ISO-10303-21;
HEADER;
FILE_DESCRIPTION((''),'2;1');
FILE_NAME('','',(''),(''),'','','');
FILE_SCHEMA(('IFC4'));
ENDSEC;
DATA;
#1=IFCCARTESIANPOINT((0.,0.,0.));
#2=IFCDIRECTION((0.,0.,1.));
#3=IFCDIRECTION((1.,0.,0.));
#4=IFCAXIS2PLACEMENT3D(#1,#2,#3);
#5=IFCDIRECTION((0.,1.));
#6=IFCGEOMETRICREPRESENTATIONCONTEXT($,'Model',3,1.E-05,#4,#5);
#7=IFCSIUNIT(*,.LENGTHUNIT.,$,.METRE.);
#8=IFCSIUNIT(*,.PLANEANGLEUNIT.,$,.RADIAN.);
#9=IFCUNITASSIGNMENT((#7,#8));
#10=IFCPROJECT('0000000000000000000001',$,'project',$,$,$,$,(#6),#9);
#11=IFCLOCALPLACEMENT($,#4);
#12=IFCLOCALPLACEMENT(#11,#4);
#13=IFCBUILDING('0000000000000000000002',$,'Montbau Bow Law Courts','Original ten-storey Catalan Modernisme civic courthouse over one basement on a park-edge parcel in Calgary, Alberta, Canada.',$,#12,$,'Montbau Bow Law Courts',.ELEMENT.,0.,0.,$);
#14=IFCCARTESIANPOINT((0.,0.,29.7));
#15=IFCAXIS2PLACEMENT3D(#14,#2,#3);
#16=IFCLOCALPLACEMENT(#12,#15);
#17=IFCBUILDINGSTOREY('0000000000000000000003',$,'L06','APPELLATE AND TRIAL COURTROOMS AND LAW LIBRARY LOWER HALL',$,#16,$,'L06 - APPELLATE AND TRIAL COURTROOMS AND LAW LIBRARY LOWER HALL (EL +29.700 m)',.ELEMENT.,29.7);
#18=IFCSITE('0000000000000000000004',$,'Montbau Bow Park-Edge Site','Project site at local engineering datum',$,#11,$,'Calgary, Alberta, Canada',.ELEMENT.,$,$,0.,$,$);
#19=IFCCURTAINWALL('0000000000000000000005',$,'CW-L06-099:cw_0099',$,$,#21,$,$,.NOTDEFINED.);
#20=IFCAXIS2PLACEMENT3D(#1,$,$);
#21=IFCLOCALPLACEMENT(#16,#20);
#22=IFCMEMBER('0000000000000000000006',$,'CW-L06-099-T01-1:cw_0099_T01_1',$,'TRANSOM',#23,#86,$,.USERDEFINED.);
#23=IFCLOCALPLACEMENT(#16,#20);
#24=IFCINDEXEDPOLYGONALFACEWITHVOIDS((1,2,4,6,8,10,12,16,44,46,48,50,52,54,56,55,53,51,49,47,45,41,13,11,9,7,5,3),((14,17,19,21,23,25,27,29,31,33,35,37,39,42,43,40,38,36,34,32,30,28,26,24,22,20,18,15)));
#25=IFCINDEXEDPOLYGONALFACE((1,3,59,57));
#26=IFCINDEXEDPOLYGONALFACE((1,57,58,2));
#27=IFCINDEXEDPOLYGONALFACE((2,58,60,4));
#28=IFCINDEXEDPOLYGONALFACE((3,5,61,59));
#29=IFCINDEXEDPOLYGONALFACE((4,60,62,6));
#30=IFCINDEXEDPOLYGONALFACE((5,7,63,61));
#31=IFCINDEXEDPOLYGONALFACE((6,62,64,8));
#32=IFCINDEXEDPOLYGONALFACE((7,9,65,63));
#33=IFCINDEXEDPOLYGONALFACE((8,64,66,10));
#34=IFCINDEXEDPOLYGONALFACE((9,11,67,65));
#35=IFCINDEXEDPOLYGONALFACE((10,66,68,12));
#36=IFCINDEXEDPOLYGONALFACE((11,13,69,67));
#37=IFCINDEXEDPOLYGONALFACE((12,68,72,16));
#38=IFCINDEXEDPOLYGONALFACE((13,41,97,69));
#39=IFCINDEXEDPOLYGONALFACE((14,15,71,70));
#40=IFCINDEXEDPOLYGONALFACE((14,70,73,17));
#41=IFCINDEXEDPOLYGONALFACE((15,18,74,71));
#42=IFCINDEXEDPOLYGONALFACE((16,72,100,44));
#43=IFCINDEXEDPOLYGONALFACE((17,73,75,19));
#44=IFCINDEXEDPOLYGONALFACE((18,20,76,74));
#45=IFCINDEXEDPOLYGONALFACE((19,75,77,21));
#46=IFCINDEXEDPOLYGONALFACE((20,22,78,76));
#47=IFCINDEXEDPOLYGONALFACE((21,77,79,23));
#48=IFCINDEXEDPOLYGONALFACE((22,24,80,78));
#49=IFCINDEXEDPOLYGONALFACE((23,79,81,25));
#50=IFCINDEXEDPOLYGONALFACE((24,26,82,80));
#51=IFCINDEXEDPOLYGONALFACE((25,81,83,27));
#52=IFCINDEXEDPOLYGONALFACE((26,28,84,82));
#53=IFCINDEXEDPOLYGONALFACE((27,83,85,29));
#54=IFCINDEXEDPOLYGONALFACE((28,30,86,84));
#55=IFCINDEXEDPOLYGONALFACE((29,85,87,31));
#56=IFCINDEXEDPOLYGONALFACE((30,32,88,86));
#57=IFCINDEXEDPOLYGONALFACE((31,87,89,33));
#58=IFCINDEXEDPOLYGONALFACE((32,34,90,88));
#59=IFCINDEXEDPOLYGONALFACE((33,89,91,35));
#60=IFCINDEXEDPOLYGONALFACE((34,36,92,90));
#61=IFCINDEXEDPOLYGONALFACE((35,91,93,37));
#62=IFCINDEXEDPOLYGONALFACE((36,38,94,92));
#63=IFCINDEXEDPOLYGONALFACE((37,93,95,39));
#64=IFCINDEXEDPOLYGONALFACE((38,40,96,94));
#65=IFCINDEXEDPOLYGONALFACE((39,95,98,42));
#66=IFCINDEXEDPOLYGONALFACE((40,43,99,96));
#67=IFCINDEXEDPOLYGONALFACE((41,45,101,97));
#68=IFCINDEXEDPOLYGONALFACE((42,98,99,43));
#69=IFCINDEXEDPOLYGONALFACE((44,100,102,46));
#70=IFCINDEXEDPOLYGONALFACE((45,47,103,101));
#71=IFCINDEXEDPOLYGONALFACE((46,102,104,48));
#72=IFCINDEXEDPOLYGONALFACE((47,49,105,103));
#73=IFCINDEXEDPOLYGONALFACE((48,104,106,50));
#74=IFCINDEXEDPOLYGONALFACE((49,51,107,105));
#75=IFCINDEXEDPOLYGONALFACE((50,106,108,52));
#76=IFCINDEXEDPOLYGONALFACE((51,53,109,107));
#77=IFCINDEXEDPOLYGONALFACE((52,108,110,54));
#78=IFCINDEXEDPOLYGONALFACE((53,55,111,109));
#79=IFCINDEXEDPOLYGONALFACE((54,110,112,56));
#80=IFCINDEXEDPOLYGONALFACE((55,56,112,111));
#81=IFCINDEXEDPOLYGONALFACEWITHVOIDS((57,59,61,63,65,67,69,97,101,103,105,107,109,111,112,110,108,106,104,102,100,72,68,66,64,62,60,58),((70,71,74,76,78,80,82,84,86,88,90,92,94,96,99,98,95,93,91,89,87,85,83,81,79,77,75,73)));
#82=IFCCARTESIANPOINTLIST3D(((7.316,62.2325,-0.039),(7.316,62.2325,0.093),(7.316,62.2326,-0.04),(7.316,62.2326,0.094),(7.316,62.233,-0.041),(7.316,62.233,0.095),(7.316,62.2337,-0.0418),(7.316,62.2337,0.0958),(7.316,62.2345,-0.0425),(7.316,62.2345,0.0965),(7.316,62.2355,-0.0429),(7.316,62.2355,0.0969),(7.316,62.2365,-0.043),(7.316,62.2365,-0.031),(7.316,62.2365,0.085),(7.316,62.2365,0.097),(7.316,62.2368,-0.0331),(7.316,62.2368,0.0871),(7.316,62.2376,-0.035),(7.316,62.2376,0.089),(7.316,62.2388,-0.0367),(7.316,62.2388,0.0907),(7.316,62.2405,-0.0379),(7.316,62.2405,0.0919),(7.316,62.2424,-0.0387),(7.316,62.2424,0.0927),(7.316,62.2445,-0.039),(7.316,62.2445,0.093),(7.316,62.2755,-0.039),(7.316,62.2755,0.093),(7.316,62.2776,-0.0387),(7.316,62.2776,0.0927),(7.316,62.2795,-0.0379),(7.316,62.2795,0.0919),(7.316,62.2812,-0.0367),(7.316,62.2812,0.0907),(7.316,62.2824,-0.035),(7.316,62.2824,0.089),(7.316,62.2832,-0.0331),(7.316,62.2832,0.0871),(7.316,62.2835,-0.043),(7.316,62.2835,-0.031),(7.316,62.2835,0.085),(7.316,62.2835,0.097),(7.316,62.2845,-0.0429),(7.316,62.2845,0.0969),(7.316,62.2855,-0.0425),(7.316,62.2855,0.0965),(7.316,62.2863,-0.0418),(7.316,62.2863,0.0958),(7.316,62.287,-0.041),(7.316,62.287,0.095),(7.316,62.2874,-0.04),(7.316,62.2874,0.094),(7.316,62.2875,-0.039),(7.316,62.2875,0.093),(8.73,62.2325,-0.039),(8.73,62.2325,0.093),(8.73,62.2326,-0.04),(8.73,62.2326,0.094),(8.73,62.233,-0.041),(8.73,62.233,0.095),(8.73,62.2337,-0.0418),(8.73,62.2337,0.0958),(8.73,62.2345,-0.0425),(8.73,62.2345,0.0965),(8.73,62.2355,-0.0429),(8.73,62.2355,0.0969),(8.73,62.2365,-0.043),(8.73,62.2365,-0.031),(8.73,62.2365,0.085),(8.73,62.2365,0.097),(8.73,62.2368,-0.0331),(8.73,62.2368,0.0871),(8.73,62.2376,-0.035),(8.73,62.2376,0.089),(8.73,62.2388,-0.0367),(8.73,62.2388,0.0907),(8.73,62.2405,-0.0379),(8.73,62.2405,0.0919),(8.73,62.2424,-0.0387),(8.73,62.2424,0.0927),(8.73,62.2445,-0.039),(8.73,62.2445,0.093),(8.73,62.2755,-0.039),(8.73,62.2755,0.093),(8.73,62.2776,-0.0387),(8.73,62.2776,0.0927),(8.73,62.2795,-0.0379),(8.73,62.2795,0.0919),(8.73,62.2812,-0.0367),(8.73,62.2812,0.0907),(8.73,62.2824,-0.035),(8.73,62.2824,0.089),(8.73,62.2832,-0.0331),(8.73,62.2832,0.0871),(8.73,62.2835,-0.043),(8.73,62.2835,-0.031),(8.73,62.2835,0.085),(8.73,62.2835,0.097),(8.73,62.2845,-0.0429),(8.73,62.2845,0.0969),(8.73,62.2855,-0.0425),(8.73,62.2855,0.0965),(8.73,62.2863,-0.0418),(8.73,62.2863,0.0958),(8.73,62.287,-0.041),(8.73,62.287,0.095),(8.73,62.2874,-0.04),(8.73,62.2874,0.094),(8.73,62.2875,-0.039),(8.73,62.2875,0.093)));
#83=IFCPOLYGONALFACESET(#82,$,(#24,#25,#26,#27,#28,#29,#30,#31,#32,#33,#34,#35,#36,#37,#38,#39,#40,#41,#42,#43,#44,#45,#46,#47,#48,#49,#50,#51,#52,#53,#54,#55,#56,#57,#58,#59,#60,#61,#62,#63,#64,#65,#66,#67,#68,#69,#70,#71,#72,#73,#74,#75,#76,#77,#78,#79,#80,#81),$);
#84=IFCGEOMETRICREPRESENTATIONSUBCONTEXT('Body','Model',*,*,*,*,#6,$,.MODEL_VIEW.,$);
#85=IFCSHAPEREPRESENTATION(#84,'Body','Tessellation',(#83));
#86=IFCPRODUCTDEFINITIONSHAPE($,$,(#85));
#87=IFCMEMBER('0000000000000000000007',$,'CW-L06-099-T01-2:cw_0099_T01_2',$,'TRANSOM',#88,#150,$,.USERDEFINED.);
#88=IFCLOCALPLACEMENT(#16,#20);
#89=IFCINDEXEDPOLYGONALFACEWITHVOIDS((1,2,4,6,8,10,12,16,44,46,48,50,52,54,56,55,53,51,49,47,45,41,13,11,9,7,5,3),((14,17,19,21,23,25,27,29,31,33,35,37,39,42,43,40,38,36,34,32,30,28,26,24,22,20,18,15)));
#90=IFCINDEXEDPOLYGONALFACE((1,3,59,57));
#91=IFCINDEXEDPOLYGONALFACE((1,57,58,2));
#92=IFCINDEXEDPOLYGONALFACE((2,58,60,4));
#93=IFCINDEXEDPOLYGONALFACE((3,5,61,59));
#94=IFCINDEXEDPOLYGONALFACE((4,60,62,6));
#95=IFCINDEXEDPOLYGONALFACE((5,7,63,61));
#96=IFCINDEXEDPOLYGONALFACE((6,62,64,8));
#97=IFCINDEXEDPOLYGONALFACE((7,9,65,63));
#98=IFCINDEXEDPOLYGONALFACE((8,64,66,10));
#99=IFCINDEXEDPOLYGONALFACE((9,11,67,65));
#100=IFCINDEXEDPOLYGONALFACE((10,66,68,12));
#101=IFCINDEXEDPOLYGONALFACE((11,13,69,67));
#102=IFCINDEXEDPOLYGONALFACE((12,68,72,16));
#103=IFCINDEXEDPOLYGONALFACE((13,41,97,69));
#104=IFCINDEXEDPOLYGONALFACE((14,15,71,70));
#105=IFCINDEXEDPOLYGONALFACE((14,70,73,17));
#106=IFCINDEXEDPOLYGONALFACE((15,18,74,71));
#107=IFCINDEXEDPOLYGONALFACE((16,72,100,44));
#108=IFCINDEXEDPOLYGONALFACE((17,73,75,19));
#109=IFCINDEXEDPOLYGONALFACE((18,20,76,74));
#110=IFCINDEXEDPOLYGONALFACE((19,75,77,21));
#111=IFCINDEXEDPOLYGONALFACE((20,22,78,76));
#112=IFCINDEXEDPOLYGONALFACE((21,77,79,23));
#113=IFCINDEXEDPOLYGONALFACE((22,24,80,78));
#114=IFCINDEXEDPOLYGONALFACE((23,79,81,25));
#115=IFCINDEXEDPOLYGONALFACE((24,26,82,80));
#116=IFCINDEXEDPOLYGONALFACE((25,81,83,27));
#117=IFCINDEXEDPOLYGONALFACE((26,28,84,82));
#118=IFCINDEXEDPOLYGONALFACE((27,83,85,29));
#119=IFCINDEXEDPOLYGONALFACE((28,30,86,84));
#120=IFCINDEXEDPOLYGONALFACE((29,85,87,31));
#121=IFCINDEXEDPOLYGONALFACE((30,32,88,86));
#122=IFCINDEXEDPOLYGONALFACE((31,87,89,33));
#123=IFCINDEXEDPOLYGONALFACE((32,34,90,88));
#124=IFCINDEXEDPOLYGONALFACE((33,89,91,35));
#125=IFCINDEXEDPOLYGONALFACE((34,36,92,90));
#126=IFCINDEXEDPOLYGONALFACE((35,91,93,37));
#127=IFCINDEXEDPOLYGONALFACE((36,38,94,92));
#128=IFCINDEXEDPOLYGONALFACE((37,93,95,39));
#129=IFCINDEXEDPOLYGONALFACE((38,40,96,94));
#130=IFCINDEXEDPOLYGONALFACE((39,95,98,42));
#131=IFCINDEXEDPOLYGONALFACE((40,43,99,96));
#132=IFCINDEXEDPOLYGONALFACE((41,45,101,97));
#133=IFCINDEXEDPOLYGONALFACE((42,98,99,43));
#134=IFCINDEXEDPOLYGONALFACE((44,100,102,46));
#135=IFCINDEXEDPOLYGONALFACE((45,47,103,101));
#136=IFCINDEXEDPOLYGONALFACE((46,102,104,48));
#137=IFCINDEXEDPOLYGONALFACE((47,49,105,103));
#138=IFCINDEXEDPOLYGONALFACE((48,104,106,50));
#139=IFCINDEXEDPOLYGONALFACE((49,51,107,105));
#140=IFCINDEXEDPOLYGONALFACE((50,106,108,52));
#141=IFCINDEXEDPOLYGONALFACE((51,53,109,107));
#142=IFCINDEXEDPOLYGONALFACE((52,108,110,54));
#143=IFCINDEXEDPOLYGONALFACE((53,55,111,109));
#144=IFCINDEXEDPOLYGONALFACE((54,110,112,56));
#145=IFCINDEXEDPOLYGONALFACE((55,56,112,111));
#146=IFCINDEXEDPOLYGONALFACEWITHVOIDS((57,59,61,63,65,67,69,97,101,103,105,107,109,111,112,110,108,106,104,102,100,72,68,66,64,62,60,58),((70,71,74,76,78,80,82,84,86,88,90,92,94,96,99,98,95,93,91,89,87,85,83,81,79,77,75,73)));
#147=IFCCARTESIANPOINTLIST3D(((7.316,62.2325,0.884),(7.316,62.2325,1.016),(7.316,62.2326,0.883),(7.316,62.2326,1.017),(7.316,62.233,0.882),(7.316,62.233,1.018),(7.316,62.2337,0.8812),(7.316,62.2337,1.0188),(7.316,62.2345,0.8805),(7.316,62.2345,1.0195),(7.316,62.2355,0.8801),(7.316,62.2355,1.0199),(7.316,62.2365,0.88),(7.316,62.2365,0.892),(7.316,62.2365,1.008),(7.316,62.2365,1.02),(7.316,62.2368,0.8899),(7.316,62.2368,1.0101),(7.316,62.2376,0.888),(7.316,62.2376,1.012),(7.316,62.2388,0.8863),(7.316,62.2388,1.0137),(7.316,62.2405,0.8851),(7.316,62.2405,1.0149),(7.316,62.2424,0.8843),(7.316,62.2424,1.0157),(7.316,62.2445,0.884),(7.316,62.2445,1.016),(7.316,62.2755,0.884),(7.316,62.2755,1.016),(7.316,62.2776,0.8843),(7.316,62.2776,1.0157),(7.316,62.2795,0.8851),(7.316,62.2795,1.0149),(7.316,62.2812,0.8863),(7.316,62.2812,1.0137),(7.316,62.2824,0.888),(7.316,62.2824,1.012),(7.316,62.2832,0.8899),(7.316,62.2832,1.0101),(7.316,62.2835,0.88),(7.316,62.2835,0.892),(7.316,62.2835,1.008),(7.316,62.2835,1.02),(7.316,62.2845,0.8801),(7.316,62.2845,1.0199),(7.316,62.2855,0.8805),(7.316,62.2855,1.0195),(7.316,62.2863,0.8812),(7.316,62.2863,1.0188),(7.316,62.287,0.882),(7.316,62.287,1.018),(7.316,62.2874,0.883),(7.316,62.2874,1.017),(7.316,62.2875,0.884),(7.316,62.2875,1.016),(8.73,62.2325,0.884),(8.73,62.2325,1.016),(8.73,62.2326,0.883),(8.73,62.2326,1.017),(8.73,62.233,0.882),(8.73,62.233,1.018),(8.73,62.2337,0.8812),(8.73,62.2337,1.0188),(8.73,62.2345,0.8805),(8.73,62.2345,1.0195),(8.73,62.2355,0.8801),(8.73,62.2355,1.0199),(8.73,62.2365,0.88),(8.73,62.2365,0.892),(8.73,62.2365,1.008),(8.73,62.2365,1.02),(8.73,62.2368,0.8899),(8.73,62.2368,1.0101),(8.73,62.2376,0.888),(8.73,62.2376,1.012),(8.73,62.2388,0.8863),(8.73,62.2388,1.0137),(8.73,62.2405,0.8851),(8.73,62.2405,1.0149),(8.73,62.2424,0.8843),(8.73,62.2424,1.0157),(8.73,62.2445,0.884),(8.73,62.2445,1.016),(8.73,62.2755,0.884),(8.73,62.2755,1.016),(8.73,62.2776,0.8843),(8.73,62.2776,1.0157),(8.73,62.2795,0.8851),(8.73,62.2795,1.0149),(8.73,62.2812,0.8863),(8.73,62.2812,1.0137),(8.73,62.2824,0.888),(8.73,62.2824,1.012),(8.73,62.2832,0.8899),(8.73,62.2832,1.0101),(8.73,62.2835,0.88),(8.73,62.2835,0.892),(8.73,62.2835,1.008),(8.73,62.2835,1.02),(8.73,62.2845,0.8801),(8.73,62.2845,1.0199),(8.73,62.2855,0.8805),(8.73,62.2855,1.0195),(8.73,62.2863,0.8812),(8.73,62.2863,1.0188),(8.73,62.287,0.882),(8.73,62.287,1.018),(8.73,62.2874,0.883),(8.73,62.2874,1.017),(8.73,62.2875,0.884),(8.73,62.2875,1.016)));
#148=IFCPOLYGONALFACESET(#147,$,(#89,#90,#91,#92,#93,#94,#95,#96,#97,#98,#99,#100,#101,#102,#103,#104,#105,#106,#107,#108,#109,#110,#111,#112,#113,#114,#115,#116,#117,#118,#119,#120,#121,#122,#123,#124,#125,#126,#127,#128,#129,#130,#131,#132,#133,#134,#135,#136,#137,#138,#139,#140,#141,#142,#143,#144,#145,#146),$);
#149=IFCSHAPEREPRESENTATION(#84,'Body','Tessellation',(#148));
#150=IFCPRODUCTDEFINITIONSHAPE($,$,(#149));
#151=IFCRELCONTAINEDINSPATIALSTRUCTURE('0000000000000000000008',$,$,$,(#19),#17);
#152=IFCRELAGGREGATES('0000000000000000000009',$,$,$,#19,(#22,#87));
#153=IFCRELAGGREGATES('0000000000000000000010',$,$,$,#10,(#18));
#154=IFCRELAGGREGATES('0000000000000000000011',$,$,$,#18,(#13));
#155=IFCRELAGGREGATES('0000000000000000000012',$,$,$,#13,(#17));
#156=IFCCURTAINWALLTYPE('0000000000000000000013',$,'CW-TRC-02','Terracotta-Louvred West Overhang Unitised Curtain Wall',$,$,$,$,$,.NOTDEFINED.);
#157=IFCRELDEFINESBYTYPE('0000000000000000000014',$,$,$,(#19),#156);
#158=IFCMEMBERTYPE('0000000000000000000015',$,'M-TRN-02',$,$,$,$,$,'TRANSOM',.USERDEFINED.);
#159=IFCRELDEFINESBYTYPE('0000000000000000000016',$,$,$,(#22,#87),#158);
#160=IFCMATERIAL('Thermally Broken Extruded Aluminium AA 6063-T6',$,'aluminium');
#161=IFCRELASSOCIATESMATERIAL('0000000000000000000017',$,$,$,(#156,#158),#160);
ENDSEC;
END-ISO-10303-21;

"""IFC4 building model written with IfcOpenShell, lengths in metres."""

from ifc_helpers import new_model, si_unit, direction, frame, origin_with_axes, origin_2d_with_axis, place, context, subcontext, project, spatial, hollow_rectangle, extrude, material, material_profile, profile_set, type_object, element, aggregate, save


model = new_model("IFC4")

# Units and contexts
model_context = context("Model", 3, precision=1e-05, world=origin_with_axes(), true_north=direction((0.0, 1.0)))
body_context = subcontext(model_context, "Body", "Model", "MODEL_VIEW")
ifc_project = project(units=[si_unit("LENGTHUNIT", "METRE"), si_unit("PLANEANGLEUNIT", "RADIAN")], contexts=[model_context])

# Site, building, storey
site_placement = place(None, origin_with_axes())
site = spatial("IfcSite", under=ifc_project, at=site_placement, Name="Montbau Bow Park-Edge Site", Description="Project site at local engineering datum", LongName="Calgary, Alberta, Canada", CompositionType="ELEMENT", RefElevation=0.0)
building_placement = place(site_placement, origin_with_axes())
building = spatial("IfcBuilding", under=site, at=building_placement, Name="Montbau Bow Law Courts", Description="Original ten-storey Catalan Modernisme civic courthouse over one basement on a park-edge parcel in Calgary, Alberta, Canada.", LongName="Montbau Bow Law Courts", CompositionType="ELEMENT", ElevationOfRefHeight=0.0, ElevationOfTerrain=0.0)
storey_placement = place(building_placement, frame((0.0, 0.0, 29.7), z_axis=(0.0, 0.0, 1.0), x_axis=(1.0, 0.0, 0.0)))
storey = spatial("IfcBuildingStorey", under=building, at=storey_placement, Name="L06", Description="APPELLATE AND TRIAL COURTROOMS AND LAW LIBRARY LOWER HALL", LongName="L06 - APPELLATE AND TRIAL COURTROOMS AND LAW LIBRARY LOWER HALL (EL +29.700 m)", CompositionType="ELEMENT", Elevation=29.7)

# Curtain wall
ifc_material_1 = material(Name="Thermally Broken Extruded Aluminium AA 6063-T6", Category="aluminium")
curtain_wall_type = type_object("IfcCurtainWallType", Name="CW-TRC-02", Description="Terracotta-Louvred West Overhang Unitised Curtain Wall", PredefinedType="NOTDEFINED", material=ifc_material_1)
curtain_wall_1_placement = place(None, frame((7.24, 62.26, 29.7), z_axis=(0.0, 0.0, 1.0), x_axis=(1.0, 0.0, 0.0)))
curtain_wall_1 = element("IfcCurtainWall", 1, at=curtain_wall_1_placement, inside=storey, type_object=curtain_wall_type, Name="CW-L06-099:cw_0099", PredefinedType="NOTDEFINED")

# Members
ifc_material_profile_1 = material_profile(ifc_material_1, hollow_rectangle(XDim=0.055, YDim=0.14, WallThickness=0.004, InnerFilletRadius=0.008, OuterFilletRadius=0.004, at=origin_2d_with_axis()), Name="CWT-140X55", Category="Main", Priority=0)
ifc_profile_set_1 = profile_set([ifc_material_profile_1], Name="Thermally Broken Extruded Aluminium AA 6063-T6")
member_type_1 = type_object("IfcMemberType", Name="M-TRN-02", ElementType="TRANSOM", PredefinedType="USERDEFINED", material=ifc_profile_set_1)
member_1_placement = place(None, frame((7.316, 62.26, 29.727), z_axis=(1.0, 0.0, 0.0), x_axis=(0.0, 1.0, 0.0)))
member_1 = element("IfcMember", 2, at=member_1_placement, type_object=member_type_1, Name="CW-L06-099-T01-1:cw_0099_T01_1", ObjectType="TRANSOM", PredefinedType="USERDEFINED", context=body_context, shape_type="SweptSolid", body=[
    extrude(hollow_rectangle(XDim=0.055, YDim=0.14, WallThickness=0.004, InnerFilletRadius=0.008, OuterFilletRadius=0.004, at=origin_2d_with_axis()), origin_with_axes(), (0.0, 0.0, 1.0), 1.414),
])
member_2_placement = place(None, frame((7.316, 62.26, 30.65), z_axis=(1.0, 0.0, 0.0), x_axis=(0.0, 1.0, 0.0)))
member_2 = element("IfcMember", 3, at=member_2_placement, type_object=member_type_1, Name="CW-L06-099-T01-2:cw_0099_T01_2", ObjectType="TRANSOM", PredefinedType="USERDEFINED", context=body_context, shape_type="SweptSolid", body=[
    extrude(hollow_rectangle(XDim=0.055, YDim=0.14, WallThickness=0.004, InnerFilletRadius=0.008, OuterFilletRadius=0.004, at=origin_2d_with_axis()), origin_with_axes(), (0.0, 0.0, 1.0), 1.414),
])

aggregate(curtain_wall_1, [member_1, member_2])

save(model, "model.ifc")
